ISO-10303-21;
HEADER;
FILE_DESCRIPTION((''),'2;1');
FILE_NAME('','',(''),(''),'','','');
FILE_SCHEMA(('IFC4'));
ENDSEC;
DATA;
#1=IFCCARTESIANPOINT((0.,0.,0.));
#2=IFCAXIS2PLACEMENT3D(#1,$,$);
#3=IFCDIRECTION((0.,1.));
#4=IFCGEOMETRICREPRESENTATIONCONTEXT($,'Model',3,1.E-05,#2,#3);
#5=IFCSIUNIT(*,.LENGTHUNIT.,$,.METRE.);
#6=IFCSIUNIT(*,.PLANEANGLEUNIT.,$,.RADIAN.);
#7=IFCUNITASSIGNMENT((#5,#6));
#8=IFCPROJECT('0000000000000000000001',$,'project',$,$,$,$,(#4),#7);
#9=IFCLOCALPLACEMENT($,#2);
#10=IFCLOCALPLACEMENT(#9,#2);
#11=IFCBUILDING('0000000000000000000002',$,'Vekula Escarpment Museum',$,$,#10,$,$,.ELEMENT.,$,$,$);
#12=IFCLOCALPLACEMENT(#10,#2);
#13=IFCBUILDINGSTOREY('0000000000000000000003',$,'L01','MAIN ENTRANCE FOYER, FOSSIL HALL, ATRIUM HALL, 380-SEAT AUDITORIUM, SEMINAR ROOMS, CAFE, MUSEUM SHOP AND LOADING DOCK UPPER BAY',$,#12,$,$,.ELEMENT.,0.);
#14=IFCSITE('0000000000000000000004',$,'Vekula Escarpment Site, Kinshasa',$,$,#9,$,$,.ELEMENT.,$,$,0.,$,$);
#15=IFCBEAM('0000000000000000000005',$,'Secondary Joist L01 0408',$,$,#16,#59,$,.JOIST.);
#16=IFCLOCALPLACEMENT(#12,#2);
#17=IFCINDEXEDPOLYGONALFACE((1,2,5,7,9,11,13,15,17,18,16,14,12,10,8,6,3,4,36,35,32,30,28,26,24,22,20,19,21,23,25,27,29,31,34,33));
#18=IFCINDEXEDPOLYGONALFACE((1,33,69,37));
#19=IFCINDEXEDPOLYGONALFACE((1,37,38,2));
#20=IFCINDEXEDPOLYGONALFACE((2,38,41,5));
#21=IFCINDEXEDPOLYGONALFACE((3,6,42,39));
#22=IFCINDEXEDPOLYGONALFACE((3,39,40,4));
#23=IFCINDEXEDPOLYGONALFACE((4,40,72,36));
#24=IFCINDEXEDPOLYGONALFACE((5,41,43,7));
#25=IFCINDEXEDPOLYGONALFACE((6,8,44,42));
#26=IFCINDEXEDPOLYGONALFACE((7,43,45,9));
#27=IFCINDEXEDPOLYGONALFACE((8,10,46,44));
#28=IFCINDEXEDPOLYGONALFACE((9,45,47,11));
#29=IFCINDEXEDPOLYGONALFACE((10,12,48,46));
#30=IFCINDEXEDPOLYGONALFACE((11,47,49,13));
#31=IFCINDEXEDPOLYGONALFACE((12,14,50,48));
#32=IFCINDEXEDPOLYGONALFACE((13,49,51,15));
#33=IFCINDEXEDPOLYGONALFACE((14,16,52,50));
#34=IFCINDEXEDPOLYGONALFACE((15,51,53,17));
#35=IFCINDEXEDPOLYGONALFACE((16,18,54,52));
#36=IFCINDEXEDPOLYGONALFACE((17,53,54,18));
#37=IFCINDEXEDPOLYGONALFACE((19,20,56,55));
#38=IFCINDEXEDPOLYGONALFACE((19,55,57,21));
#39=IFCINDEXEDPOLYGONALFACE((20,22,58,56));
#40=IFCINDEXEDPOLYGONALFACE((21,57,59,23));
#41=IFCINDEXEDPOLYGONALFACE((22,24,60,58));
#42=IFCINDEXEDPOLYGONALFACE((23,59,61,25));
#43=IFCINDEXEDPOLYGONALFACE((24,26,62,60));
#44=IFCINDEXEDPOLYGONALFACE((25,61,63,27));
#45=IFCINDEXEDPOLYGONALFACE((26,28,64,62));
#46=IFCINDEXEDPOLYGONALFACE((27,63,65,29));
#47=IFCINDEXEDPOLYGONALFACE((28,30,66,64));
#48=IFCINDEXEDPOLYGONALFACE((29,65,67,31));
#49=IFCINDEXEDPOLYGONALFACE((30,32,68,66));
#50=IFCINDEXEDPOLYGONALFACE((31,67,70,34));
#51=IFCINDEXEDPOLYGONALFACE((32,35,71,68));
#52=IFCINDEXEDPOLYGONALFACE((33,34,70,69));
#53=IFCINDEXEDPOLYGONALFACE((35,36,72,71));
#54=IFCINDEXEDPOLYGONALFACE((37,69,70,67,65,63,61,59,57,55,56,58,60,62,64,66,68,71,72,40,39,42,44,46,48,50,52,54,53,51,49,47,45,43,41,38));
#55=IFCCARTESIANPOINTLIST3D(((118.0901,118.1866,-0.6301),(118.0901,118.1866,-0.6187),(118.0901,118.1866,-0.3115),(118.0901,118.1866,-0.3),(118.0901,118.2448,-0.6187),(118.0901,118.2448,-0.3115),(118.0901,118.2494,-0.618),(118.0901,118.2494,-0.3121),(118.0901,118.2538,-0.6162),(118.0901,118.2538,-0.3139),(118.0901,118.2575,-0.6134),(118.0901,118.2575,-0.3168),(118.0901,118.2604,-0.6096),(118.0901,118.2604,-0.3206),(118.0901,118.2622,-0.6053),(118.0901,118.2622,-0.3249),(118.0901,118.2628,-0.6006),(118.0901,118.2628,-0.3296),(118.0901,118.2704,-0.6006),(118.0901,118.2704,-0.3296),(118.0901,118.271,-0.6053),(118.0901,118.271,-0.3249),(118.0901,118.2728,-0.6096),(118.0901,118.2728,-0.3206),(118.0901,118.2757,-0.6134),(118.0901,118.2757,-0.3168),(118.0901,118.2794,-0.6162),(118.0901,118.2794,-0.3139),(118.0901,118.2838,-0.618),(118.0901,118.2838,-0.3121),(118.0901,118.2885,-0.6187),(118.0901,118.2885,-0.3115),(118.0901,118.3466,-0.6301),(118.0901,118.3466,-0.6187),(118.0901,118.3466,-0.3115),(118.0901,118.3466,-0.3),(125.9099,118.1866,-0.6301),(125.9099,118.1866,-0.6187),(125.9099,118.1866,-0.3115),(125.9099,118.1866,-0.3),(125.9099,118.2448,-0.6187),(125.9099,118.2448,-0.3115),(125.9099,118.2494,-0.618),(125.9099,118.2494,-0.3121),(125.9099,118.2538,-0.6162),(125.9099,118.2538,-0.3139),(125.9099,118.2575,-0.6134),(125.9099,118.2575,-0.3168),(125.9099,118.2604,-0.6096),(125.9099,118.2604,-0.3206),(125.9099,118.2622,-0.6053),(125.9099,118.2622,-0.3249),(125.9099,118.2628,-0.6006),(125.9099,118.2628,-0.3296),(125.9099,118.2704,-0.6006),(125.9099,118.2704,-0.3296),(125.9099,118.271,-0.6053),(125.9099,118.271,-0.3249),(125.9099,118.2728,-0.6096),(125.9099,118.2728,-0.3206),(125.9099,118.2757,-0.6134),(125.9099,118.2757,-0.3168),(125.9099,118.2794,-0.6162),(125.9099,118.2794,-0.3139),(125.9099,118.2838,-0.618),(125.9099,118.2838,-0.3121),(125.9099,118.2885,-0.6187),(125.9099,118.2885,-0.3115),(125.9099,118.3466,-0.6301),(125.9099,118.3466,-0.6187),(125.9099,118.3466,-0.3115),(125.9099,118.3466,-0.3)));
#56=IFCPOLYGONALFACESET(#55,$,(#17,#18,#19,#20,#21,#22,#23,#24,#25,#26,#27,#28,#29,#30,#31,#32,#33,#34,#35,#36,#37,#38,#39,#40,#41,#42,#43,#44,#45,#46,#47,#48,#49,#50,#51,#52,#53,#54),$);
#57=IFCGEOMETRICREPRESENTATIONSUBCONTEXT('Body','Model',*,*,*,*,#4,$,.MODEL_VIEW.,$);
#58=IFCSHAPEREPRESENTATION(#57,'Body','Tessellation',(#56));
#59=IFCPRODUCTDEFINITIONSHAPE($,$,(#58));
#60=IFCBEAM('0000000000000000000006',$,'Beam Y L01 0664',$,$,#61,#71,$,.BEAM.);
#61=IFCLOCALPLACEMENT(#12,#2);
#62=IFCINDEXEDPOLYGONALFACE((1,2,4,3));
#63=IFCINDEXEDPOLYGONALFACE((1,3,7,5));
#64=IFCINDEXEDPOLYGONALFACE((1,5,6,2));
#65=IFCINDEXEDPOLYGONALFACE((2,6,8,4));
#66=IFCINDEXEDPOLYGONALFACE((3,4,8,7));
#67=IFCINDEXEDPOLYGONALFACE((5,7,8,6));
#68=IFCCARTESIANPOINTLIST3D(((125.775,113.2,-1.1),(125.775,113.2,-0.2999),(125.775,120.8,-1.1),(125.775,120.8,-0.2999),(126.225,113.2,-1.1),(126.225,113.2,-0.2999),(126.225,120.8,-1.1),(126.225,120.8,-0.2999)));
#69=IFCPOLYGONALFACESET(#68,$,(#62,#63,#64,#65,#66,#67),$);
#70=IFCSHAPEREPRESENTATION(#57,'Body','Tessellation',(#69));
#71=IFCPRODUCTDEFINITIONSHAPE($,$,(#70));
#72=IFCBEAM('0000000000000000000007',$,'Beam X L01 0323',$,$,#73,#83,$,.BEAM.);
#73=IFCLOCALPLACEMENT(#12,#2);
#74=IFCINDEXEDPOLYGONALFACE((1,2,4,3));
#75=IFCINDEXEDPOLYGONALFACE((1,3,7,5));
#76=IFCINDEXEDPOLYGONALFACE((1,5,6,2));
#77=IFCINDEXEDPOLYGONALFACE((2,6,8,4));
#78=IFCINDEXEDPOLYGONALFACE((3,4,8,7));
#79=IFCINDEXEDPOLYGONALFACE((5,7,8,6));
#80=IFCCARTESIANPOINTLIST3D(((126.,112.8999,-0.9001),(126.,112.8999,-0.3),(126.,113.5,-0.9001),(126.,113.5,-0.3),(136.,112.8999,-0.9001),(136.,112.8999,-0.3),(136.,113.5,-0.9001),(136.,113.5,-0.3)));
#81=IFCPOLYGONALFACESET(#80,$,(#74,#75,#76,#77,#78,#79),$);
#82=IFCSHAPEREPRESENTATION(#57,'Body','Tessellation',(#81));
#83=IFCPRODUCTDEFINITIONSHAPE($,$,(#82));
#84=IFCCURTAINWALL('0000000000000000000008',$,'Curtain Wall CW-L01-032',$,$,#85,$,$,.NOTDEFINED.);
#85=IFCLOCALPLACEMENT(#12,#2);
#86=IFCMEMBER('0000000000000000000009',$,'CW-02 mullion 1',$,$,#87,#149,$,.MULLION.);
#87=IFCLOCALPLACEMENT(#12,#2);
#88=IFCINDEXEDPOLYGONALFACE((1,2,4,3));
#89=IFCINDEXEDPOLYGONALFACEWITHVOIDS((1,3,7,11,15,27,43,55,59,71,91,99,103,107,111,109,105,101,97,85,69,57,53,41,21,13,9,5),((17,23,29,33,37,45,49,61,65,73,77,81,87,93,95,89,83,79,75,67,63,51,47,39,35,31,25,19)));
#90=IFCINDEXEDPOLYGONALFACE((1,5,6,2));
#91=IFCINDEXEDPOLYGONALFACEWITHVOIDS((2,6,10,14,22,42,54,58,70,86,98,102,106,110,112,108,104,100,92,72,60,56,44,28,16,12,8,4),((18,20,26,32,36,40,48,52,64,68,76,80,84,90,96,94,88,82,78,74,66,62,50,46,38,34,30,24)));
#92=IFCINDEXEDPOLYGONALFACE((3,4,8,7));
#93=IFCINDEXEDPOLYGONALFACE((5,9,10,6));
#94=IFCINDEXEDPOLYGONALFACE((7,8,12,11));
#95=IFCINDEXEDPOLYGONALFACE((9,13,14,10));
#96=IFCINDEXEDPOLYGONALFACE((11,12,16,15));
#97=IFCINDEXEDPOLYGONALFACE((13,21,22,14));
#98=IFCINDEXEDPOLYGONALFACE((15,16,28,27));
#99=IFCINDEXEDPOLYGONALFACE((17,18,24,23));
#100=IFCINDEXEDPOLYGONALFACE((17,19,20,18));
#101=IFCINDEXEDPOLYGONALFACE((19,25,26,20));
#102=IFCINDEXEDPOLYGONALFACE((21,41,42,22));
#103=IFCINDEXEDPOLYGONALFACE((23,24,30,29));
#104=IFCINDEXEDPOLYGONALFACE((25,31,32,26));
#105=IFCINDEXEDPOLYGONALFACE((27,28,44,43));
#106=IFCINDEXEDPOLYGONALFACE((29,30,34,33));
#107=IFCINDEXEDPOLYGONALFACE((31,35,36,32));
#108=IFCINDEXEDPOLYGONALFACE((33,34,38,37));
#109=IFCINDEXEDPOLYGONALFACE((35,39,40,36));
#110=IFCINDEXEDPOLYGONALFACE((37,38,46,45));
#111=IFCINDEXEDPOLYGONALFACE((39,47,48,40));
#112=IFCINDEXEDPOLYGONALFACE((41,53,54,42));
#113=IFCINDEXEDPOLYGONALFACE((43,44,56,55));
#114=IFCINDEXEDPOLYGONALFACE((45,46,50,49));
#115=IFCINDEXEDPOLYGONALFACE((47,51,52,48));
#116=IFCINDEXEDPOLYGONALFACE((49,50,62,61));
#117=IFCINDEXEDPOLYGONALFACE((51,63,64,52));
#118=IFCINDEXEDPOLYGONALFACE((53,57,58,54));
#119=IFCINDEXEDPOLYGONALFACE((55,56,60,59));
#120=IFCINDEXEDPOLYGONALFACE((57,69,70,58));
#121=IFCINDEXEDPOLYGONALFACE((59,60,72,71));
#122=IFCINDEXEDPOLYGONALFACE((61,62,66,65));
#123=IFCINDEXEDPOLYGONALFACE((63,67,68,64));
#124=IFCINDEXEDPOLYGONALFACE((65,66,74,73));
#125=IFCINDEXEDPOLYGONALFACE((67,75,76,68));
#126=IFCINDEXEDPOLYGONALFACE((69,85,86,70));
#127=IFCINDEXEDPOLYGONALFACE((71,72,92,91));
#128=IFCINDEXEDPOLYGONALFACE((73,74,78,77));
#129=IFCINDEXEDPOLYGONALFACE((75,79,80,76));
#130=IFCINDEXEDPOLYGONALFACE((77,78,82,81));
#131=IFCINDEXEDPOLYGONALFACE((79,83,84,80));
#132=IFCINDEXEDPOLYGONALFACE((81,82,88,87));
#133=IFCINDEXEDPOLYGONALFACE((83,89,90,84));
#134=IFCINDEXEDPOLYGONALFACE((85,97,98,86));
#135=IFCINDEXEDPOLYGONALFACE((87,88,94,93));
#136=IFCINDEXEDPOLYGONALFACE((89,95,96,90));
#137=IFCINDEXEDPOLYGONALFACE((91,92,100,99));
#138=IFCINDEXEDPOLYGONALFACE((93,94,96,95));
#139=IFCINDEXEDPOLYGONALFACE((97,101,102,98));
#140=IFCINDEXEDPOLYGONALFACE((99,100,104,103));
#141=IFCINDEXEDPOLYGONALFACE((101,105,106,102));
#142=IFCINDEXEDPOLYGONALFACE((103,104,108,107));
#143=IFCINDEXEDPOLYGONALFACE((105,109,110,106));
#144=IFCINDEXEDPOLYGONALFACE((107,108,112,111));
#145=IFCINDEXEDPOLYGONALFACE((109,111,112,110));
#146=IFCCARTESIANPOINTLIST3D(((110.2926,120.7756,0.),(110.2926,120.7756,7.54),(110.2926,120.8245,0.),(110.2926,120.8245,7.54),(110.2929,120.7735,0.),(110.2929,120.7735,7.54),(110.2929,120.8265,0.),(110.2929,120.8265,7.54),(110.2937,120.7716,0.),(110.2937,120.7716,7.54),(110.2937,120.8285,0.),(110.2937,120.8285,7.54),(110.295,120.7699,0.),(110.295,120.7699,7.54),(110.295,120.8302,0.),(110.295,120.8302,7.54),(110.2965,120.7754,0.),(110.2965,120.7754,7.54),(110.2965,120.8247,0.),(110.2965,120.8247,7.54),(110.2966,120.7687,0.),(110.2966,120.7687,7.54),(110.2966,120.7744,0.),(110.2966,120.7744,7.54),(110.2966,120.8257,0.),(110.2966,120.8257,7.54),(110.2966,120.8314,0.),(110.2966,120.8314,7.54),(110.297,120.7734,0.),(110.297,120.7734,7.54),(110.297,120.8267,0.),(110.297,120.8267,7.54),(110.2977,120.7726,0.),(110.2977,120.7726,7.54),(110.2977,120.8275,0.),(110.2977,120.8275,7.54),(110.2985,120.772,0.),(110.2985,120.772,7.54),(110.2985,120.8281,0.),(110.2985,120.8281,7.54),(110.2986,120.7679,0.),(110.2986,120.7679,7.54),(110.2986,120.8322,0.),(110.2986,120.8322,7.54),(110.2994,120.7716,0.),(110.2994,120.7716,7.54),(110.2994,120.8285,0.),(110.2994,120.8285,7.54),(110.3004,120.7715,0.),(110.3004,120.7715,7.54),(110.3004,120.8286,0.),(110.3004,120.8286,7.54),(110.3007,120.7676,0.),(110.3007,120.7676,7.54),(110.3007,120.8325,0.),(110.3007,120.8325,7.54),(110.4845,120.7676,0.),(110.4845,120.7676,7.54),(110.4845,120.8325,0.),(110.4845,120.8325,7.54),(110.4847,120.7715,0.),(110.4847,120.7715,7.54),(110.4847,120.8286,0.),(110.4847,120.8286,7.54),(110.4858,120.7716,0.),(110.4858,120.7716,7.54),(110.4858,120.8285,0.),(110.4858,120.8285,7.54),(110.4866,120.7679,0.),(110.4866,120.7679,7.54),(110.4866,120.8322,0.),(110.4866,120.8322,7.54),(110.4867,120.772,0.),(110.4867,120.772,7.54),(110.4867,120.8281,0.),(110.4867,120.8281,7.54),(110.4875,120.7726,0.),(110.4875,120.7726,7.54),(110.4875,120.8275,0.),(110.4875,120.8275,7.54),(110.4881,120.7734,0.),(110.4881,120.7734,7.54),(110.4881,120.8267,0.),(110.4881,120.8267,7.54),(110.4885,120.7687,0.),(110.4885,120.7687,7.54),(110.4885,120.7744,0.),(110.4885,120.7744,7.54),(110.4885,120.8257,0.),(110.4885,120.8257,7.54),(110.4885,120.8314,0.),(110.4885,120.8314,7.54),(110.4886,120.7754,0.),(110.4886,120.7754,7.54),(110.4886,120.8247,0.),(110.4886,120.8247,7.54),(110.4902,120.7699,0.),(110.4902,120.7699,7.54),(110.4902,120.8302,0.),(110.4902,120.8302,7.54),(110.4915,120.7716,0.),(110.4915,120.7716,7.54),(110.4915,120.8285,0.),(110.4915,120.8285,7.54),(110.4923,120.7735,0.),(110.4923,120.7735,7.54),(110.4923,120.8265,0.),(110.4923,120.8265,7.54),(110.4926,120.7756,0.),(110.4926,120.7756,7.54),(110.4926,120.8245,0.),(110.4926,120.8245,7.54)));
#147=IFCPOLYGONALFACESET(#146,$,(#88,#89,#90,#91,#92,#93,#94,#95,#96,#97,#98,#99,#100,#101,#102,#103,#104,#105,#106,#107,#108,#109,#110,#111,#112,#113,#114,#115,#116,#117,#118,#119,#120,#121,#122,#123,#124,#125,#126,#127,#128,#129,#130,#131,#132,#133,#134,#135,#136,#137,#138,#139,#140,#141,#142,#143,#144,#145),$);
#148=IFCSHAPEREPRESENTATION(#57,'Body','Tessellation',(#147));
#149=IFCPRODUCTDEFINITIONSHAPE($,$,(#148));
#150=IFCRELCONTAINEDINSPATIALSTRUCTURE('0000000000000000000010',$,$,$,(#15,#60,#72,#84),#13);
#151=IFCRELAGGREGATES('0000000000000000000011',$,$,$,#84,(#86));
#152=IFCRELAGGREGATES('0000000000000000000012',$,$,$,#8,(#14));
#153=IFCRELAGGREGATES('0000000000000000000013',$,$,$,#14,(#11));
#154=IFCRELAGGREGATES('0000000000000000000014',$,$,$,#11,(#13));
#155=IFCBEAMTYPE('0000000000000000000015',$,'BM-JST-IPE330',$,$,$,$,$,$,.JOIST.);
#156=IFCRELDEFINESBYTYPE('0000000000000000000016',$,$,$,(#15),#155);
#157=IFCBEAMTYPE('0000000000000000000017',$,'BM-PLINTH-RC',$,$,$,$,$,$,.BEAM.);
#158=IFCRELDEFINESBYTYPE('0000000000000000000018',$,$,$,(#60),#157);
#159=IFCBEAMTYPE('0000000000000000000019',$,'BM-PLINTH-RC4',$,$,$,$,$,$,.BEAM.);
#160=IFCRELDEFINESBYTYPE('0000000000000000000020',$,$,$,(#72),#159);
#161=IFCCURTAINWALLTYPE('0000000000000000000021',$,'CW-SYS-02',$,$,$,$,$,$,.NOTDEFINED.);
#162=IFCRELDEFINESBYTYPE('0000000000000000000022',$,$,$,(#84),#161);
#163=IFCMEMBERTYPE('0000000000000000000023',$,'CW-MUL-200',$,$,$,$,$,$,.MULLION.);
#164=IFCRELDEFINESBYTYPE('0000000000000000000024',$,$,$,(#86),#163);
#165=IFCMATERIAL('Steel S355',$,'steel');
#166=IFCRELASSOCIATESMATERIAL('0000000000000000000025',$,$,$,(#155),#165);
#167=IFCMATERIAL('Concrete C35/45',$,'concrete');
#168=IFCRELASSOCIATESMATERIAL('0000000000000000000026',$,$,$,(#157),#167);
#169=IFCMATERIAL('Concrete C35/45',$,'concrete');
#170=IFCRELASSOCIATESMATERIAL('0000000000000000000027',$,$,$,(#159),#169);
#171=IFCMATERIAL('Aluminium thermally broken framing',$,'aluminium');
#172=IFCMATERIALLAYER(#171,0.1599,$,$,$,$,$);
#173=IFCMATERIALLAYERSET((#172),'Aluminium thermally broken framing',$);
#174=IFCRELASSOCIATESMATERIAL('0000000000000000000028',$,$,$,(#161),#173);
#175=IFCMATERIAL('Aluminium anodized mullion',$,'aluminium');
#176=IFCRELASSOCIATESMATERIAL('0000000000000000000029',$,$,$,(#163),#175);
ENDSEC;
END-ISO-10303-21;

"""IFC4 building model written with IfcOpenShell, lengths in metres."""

from ifc_helpers import new_model, si_unit, direction, frame, origin, origin_2d, place, context, subcontext, project, spatial, rectangle, hollow_rectangle, i_section, extrude, material, layer, layer_set, material_profile, profile_set, type_object, element, aggregate, save


model = new_model("IFC4")

# Units and contexts
model_context = context("Model", 3, precision=1e-05, world=origin(), true_north=direction((0.0, 1.0)))
body_context = subcontext(model_context, "Body", "Model", "MODEL_VIEW")
ifc_project = project(units=[si_unit("LENGTHUNIT", "METRE"), si_unit("PLANEANGLEUNIT", "RADIAN")], contexts=[model_context])

# Site, building, storey
site_placement = place(None, origin())
site = spatial("IfcSite", under=ifc_project, at=site_placement, Name="Vekula Escarpment Site, Kinshasa", CompositionType="ELEMENT", RefElevation=0.0)
building_placement = place(site_placement, origin())
building = spatial("IfcBuilding", under=site, at=building_placement, Name="Vekula Escarpment Museum", CompositionType="ELEMENT")
storey_placement = place(building_placement, origin())
storey = spatial("IfcBuildingStorey", under=building, at=storey_placement, Name="L01", Description="MAIN ENTRANCE FOYER, FOSSIL HALL, ATRIUM HALL, 380-SEAT AUDITORIUM, SEMINAR ROOMS, CAFE, MUSEUM SHOP AND LOADING DOCK UPPER BAY", CompositionType="ELEMENT", Elevation=0.0)

# Beams
ifc_material_1 = material(Name="Steel S355", Category="steel")
ifc_material_profile_1 = material_profile(ifc_material_1, i_section(OverallWidth=0.1599, OverallDepth=0.3301, WebThickness=0.0076, FlangeThickness=0.0115, FilletRadius=0.0181, at=origin_2d()), Name="IPE 330")
ifc_profile_set_1 = profile_set([ifc_material_profile_1], Name="Steel S355")
beam_type_1 = type_object("IfcBeamType", Name="BM-JST-IPE330", PredefinedType="JOIST", material=ifc_profile_set_1)
for number, where, z_axis, x_axis, name in (
    (1, (118.0901, 118.2666, -0.4651), (1.0, 0.0, 0.0), (0.0, 1.0, 0.0), "Secondary Joist L01 0408"),
):
    element("IfcBeam", number, at=place(storey_placement, frame(where, z_axis=z_axis, x_axis=x_axis)), inside=storey, type_object=beam_type_1, Name=name, PredefinedType="JOIST", context=body_context, shape_type="SweptSolid", body=[
        extrude(i_section(OverallWidth=0.1599, OverallDepth=0.3301, WebThickness=0.0076, FlangeThickness=0.0115, FilletRadius=0.0181, at=origin_2d()), origin(), (0.0, 0.0, 1.0), 7.8198),
    ])
ifc_material_2 = material(Name="Concrete C35/45", Category="concrete")
ifc_material_profile_2 = material_profile(ifc_material_2, rectangle(XDim=0.45, YDim=0.8, at=origin_2d()), Name="RC 450x800")
ifc_profile_set_2 = profile_set([ifc_material_profile_2], Name="Concrete C35/45")
beam_type_2 = type_object("IfcBeamType", Name="BM-PLINTH-RC", PredefinedType="BEAM", material=ifc_profile_set_2)
beam_1_placement = place(storey_placement, frame((126.0, 113.2, -0.7), z_axis=(0.0, 1.0, 0.0), x_axis=(-1.0, 0.0, 0.0)))
element("IfcBeam", 2, at=beam_1_placement, inside=storey, type_object=beam_type_2, Name="Beam Y L01 0664", PredefinedType="BEAM", context=body_context, shape_type="SweptSolid", body=[
    extrude(rectangle(XDim=0.45, YDim=0.8, at=origin_2d()), origin(), (0.0, 0.0, 1.0), 7.6001),
])
ifc_material_3 = material(Name="Concrete C35/45", Category="concrete")
ifc_material_profile_3 = material_profile(ifc_material_3, rectangle(XDim=0.6001, YDim=0.6001, at=origin_2d()), Name="RC 600x600")
ifc_profile_set_3 = profile_set([ifc_material_profile_3], Name="Concrete C35/45")
beam_type_3 = type_object("IfcBeamType", Name="BM-PLINTH-RC4", PredefinedType="BEAM", material=ifc_profile_set_3)
beam_2_placement = place(storey_placement, frame((126.0, 113.2, -0.6001), z_axis=(1.0, 0.0, 0.0), x_axis=(0.0, 1.0, 0.0)))
element("IfcBeam", 3, at=beam_2_placement, inside=storey, type_object=beam_type_3, Name="Beam X L01 0323", PredefinedType="BEAM", context=body_context, shape_type="SweptSolid", body=[
    extrude(rectangle(XDim=0.6001, YDim=0.6001, at=origin_2d()), origin(), (0.0, 0.0, 1.0), 10.0),
])

# Curtain wall, member
ifc_material_4 = material(Name="Aluminium thermally broken framing", Category="aluminium")
ifc_layer_1 = layer(ifc_material_4, 0.1599)
ifc_layer_set_1 = layer_set([ifc_layer_1], Name="Aluminium thermally broken framing")
curtain_wall_type = type_object("IfcCurtainWallType", Name="CW-SYS-02", PredefinedType="NOTDEFINED", material=ifc_layer_set_1)
curtain_wall_placement = place(storey_placement, origin())
curtain_wall = element("IfcCurtainWall", 4, at=curtain_wall_placement, inside=storey, type_object=curtain_wall_type, Name="Curtain Wall CW-L01-032", PredefinedType="NOTDEFINED")
ifc_material_5 = material(Name="Aluminium anodized mullion", Category="aluminium")
ifc_material_profile_4 = material_profile(ifc_material_5, hollow_rectangle(XDim=0.0649, YDim=0.2, WallThickness=0.0039, InnerFilletRadius=0.0039, OuterFilletRadius=0.0081, at=origin_2d()), Name="ALU 200x65x4")
ifc_profile_set_4 = profile_set([ifc_material_profile_4], Name="Aluminium anodized mullion")
member_type_1 = type_object("IfcMemberType", Name="CW-MUL-200", PredefinedType="MULLION", material=ifc_profile_set_4)
member_1_placement = place(storey_placement, frame((110.3926, 120.8, 0.0), z_axis=(0.0, 0.0, 1.0), x_axis=(0.0, 1.0, 0.0)))
member_1 = element("IfcMember", 5, at=member_1_placement, type_object=member_type_1, Name="CW-02 mullion 1", PredefinedType="MULLION", context=body_context, shape_type="SweptSolid", body=[
    extrude(hollow_rectangle(XDim=0.0649, YDim=0.2, WallThickness=0.0039, InnerFilletRadius=0.0039, OuterFilletRadius=0.0081, at=origin_2d()), origin(), (0.0, 0.0, 1.0), 7.54),
])
aggregate(curtain_wall, [member_1])

save(model, "model.ifc")
